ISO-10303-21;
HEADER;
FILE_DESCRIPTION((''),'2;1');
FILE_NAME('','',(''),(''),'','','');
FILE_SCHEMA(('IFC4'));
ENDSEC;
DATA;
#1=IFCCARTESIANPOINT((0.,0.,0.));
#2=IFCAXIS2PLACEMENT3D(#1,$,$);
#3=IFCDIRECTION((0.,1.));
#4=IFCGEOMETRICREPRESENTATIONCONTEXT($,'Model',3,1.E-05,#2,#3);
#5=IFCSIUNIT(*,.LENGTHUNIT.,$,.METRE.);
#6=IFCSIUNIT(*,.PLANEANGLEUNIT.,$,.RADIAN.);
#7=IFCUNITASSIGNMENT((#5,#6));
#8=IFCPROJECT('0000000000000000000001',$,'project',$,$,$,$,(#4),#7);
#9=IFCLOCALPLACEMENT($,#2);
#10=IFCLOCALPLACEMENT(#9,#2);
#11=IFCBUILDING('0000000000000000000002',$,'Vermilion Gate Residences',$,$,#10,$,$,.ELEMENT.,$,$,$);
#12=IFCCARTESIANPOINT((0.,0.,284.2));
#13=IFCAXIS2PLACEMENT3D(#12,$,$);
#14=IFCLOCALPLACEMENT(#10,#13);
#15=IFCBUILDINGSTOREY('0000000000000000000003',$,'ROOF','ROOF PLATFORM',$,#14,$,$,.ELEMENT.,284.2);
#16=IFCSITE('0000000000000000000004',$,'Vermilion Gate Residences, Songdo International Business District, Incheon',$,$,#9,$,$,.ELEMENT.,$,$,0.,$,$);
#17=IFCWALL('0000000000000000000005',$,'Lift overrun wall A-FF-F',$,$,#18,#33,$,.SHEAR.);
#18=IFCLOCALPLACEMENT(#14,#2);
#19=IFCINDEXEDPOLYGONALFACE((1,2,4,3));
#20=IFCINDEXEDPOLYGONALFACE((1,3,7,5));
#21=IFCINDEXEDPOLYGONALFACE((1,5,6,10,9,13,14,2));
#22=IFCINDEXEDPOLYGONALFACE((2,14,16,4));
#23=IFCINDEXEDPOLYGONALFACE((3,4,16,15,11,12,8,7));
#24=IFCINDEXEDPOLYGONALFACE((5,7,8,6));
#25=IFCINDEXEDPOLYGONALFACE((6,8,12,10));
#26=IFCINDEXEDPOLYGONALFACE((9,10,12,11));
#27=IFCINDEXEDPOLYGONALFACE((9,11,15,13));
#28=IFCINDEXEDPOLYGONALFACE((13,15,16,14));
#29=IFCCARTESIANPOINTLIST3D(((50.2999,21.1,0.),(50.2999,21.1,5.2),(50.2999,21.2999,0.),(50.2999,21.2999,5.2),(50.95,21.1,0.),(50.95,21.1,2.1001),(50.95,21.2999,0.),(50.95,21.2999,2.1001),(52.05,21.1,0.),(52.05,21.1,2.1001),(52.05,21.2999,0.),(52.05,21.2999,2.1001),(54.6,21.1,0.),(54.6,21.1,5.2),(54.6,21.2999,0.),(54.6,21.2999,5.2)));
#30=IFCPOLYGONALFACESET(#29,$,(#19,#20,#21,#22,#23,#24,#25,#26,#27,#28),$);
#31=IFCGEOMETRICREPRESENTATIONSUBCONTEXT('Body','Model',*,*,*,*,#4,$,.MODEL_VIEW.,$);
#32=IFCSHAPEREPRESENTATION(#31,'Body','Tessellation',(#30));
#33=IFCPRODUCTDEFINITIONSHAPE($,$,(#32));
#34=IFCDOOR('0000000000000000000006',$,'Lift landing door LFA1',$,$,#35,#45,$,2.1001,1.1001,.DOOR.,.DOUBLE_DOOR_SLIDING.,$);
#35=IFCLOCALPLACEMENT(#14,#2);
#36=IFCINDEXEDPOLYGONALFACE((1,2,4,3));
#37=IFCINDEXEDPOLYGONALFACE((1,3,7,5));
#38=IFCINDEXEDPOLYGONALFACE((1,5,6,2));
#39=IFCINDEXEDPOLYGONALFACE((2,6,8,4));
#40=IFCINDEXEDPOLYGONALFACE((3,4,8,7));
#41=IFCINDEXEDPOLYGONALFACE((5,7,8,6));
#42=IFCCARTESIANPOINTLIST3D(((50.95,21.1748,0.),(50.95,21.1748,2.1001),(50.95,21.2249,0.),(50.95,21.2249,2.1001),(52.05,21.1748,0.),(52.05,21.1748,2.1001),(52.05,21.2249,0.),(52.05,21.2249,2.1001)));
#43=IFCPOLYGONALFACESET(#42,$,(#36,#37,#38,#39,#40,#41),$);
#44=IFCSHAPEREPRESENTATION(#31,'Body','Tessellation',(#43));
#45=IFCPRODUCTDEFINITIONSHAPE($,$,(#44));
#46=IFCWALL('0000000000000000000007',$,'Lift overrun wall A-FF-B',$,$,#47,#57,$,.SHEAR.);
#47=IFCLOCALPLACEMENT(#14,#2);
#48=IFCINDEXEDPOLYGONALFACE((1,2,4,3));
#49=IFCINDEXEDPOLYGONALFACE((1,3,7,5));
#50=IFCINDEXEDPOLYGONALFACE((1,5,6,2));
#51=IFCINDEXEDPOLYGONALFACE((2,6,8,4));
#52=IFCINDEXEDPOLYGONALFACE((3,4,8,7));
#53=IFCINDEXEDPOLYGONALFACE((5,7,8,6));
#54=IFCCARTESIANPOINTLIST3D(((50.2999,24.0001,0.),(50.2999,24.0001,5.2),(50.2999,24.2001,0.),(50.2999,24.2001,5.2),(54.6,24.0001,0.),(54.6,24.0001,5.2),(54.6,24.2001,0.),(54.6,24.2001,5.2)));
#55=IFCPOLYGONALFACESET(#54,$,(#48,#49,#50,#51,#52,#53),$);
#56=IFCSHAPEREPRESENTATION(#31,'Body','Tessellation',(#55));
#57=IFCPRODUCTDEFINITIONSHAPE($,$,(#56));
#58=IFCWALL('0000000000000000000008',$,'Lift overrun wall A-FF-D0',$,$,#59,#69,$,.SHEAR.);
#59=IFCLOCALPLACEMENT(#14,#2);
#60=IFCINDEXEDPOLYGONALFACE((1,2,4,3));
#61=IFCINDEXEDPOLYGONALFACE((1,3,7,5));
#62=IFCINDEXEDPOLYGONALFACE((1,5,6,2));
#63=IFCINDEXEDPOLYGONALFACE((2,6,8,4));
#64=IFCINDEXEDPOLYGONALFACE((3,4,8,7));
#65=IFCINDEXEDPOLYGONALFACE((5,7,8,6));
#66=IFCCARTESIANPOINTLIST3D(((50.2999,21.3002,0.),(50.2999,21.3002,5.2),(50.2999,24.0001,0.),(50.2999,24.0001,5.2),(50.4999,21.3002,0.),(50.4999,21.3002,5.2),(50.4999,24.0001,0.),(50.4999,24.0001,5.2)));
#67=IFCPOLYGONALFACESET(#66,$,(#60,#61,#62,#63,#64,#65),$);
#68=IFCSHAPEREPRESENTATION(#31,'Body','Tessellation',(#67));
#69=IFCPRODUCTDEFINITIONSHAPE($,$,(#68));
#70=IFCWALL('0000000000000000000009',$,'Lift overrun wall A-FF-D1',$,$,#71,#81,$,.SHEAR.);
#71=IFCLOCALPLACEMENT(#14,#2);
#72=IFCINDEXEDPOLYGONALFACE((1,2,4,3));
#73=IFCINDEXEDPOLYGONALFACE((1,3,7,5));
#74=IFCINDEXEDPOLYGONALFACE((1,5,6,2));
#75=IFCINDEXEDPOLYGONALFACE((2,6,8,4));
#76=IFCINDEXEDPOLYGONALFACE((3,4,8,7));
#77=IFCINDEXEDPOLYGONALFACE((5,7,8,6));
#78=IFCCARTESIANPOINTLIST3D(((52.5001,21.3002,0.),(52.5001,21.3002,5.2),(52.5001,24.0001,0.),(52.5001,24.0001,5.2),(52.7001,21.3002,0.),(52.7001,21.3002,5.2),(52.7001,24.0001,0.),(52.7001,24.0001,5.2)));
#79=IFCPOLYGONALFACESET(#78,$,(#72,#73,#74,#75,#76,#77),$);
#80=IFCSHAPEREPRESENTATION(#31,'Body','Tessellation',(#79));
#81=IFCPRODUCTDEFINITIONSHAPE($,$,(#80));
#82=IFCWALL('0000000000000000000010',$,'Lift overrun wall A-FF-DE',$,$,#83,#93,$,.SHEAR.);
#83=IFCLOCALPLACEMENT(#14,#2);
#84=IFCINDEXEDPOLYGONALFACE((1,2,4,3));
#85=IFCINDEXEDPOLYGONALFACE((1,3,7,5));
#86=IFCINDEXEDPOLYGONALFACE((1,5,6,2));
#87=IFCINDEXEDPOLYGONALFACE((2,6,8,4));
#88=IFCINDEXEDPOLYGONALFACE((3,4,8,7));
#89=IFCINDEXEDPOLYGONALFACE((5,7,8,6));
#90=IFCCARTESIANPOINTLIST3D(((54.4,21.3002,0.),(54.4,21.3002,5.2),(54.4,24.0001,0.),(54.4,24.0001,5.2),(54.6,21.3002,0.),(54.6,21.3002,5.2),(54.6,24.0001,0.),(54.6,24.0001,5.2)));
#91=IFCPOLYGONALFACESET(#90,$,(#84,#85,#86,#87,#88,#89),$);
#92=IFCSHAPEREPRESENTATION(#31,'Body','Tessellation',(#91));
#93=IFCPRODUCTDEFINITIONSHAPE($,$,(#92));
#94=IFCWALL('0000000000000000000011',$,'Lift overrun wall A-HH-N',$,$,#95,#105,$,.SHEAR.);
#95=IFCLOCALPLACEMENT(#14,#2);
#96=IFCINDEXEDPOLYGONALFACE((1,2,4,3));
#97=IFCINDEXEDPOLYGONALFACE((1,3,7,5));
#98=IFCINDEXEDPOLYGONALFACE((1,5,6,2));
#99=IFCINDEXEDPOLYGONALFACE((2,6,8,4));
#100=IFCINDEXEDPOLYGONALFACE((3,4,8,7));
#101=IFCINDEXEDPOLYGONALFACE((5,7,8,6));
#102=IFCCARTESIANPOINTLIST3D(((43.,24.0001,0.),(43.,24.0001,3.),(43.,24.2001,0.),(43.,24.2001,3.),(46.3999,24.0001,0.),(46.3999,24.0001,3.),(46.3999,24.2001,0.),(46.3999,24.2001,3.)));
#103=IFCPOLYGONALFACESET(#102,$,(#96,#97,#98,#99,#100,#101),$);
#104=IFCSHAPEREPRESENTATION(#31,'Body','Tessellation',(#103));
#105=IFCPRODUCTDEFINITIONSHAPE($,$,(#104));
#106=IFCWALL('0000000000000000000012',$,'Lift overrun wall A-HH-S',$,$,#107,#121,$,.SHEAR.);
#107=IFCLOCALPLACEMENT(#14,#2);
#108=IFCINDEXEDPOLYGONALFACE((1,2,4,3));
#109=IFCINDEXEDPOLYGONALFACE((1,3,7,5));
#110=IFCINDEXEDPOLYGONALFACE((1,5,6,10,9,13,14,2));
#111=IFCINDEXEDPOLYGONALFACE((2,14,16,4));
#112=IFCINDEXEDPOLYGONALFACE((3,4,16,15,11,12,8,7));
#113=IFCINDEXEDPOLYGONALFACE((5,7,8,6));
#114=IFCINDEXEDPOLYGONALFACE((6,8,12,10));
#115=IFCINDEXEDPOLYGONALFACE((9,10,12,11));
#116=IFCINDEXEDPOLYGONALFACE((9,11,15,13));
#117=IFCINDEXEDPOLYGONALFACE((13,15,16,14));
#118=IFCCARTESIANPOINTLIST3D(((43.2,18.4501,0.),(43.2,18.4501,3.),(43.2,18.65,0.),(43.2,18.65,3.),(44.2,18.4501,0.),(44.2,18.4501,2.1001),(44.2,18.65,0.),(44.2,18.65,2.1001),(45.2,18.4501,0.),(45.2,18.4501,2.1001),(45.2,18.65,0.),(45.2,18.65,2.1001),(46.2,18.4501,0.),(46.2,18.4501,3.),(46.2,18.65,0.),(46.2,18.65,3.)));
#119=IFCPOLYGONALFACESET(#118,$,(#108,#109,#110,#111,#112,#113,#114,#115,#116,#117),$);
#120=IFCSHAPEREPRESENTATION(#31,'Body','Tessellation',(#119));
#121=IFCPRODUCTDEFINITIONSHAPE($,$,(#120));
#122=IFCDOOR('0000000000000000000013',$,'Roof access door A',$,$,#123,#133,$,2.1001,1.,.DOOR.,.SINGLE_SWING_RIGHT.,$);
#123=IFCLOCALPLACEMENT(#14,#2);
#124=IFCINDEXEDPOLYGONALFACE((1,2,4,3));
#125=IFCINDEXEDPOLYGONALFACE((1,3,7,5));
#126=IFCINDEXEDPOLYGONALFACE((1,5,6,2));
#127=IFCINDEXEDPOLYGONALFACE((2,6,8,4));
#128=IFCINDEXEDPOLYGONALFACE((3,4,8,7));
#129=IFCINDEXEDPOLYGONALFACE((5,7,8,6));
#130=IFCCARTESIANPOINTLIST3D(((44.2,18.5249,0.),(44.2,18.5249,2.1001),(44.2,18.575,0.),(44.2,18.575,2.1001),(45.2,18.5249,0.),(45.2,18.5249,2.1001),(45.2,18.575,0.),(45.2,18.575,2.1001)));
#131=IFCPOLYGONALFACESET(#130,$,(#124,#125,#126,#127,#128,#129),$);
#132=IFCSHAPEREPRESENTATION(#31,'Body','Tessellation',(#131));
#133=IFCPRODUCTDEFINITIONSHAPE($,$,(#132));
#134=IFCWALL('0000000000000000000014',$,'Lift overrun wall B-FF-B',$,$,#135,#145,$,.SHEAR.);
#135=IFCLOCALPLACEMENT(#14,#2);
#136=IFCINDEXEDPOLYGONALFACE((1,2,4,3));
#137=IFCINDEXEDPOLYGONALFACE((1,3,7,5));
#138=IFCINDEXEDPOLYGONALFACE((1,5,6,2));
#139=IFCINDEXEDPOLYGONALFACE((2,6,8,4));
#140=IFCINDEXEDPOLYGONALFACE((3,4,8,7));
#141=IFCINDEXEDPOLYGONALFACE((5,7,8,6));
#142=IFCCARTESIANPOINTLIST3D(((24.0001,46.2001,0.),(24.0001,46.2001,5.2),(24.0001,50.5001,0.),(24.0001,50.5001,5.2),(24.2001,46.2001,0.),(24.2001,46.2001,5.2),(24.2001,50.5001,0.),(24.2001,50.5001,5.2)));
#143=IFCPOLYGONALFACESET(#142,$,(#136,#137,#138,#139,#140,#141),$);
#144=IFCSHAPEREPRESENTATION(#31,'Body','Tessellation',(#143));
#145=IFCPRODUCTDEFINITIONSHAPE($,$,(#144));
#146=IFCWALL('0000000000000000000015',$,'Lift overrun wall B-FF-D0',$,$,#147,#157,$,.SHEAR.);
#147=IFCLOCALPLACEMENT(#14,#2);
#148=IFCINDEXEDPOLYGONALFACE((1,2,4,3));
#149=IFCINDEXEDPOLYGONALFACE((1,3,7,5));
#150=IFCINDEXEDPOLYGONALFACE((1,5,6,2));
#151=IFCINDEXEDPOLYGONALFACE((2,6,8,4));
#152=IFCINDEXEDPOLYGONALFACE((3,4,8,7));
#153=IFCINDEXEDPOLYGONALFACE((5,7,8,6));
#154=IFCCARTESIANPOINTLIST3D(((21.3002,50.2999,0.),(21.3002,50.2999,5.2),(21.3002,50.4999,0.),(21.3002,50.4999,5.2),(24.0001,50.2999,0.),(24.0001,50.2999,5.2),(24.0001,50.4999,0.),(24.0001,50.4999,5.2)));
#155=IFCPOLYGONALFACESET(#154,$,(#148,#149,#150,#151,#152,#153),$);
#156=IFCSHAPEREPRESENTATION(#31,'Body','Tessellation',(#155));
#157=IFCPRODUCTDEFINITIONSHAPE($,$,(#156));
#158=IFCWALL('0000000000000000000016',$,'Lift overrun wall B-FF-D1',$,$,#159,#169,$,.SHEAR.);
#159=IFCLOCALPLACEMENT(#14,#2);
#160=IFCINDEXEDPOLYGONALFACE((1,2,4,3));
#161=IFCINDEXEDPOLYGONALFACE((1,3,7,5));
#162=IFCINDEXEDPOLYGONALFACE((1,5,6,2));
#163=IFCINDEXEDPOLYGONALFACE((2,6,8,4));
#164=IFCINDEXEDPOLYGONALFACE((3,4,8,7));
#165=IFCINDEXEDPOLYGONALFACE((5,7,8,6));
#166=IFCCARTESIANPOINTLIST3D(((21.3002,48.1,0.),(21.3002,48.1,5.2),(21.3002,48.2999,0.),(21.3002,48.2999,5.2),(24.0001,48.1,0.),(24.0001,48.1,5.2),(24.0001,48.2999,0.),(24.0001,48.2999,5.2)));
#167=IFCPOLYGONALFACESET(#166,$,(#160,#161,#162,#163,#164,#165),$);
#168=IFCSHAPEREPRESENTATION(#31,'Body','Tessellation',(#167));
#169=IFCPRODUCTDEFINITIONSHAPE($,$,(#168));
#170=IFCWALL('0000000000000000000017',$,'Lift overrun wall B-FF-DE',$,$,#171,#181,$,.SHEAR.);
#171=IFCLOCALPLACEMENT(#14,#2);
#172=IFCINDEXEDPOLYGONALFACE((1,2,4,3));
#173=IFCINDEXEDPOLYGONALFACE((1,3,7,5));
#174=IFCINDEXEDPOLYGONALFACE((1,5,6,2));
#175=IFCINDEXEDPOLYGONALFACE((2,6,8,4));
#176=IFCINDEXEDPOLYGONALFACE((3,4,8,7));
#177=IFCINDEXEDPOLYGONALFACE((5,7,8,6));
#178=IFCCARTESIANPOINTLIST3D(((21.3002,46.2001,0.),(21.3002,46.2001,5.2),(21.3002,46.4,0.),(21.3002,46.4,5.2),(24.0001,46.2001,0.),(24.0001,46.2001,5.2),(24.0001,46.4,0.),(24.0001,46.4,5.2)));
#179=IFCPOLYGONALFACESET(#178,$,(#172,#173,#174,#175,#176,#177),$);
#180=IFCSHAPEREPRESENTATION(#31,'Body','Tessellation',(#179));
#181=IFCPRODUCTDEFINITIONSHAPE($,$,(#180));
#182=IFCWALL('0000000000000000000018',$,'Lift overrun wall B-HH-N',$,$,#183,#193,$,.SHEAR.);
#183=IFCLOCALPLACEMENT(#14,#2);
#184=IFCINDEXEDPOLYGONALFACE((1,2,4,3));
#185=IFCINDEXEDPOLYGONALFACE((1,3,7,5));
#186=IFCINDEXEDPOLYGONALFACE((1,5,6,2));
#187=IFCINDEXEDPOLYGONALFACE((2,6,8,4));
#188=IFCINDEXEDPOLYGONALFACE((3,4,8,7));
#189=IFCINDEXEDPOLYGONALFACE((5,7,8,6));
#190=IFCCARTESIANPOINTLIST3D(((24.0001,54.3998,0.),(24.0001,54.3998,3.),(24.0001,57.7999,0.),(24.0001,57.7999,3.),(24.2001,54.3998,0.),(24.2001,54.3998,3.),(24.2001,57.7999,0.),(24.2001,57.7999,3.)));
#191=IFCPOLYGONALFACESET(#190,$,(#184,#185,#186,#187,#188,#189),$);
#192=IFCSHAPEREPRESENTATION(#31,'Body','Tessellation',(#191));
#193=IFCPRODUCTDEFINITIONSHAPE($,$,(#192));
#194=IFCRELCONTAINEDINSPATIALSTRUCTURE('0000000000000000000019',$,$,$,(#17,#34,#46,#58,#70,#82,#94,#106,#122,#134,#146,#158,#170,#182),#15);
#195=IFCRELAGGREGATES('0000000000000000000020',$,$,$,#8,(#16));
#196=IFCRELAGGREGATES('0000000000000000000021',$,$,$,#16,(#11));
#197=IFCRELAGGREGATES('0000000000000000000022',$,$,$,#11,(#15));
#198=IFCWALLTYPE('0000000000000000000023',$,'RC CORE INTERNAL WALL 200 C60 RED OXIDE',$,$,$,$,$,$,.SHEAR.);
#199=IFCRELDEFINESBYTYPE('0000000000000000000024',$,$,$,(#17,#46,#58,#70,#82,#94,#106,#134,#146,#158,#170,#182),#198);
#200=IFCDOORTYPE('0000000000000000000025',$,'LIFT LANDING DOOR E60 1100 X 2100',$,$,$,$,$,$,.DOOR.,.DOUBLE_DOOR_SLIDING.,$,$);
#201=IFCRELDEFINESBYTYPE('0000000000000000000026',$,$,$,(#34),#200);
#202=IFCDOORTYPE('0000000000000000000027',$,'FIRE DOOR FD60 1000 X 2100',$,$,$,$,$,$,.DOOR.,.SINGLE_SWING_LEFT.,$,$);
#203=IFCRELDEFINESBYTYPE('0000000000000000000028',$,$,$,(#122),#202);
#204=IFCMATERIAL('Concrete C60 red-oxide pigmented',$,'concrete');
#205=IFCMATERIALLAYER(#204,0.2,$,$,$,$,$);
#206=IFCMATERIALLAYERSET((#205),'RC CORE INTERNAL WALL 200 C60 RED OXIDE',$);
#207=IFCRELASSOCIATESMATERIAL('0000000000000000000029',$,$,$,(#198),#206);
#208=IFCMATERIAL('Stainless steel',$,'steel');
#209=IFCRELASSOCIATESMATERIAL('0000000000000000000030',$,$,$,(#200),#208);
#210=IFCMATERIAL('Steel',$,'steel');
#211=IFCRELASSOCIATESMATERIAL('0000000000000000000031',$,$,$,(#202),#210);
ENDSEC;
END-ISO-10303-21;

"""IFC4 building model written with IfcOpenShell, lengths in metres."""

from ifc_helpers import new_model, si_unit, direction, frame, frame_2d, origin, place, context, subcontext, project, spatial, rectangle, extrude, material, layer, layer_set, type_object, element, fill, save


model = new_model("IFC4")

# Units and contexts
model_context = context("Model", 3, precision=1e-05, world=origin(), true_north=direction((0.0, 1.0)))
body_context = subcontext(model_context, "Body", "Model", "MODEL_VIEW")
ifc_project = project(units=[si_unit("LENGTHUNIT", "METRE"), si_unit("PLANEANGLEUNIT", "RADIAN")], contexts=[model_context])

# Site, building, storey
site_placement = place(None, origin())
site = spatial("IfcSite", under=ifc_project, at=site_placement, Name="Vermilion Gate Residences, Songdo International Business District, Incheon", CompositionType="ELEMENT", RefElevation=0.0)
building_placement = place(site_placement, origin())
building = spatial("IfcBuilding", under=site, at=building_placement, Name="Vermilion Gate Residences", CompositionType="ELEMENT")
storey_placement = place(building_placement, frame((0.0, 0.0, 284.2)))
storey = spatial("IfcBuildingStorey", under=building, at=storey_placement, Name="ROOF", Description="ROOF PLATFORM", CompositionType="ELEMENT", Elevation=284.2)

# Wall, opening, door
ifc_material_1 = material(Name="Concrete C60 red-oxide pigmented", Category="concrete")
ifc_layer_1 = layer(ifc_material_1, 0.2)
ifc_layer_set_1 = layer_set([ifc_layer_1], Name="RC CORE INTERNAL WALL 200 C60 RED OXIDE")
wall_type_1 = type_object("IfcWallType", Name="RC CORE INTERNAL WALL 200 C60 RED OXIDE", PredefinedType="SHEAR", material=ifc_layer_set_1)
wall_1_placement = place(storey_placement, frame((50.3, 21.2, 0.0), z_axis=(0.0, 0.0, 1.0), x_axis=(1.0, 0.0, 0.0)))
wall_1 = element("IfcWall", 1, at=wall_1_placement, inside=storey, type_object=wall_type_1, Name="Lift overrun wall A-FF-F", PredefinedType="SHEAR", context=body_context, shape_type="SweptSolid", body=[
    extrude(rectangle(XDim=4.3, YDim=0.2, at=frame_2d((2.1499, 0.0))), origin(), (0.0, 0.0, 1.0), 5.2),
])
opening_1_placement = place(wall_1_placement, frame((0.6499, 0.0, 0.0)))
opening_1 = element("IfcOpeningElement", 2, at=opening_1_placement, cuts=wall_1, PredefinedType="OPENING", context=body_context, shape_type="SweptSolid", body=[
    extrude(rectangle(XDim=1.1001, YDim=2.1001, at=frame_2d((0.55, 1.05))), frame((0.0, 0.1099, 0.0), z_axis=(0.0, -1.0, 0.0), x_axis=(1.0, 0.0, 0.0)), (0.0, 0.0, 1.0), 0.22),
])
ifc_material_2 = material(Name="Stainless steel", Category="steel")
door_type_1 = type_object("IfcDoorType", Name="LIFT LANDING DOOR E60 1100 X 2100", OperationType="DOUBLE_DOOR_SLIDING", PredefinedType="DOOR", material=ifc_material_2)
door_1_placement = place(opening_1_placement, origin())
door_1 = element("IfcDoor", 3, at=door_1_placement, inside=storey, type_object=door_type_1, Name="Lift landing door LFA1", OperationType="DOUBLE_DOOR_SLIDING", OverallHeight=2.1001, OverallWidth=1.1001, PredefinedType="DOOR", context=body_context, shape_type="SweptSolid", body=[
    extrude(rectangle(XDim=1.1001, YDim=2.1001, at=frame_2d((0.55, 1.05))), frame((0.0, 0.0249, 0.0), z_axis=(0.0, -1.0, 0.0), x_axis=(1.0, 0.0, 0.0)), (0.0, 0.0, 1.0), 0.05),
])
fill(opening_1, door_1)

# Walls
wall_2_placement = place(storey_placement, frame((50.3, 24.1001, 0.0), z_axis=(0.0, 0.0, 1.0), x_axis=(1.0, 0.0, 0.0)))
element("IfcWall", 4, at=wall_2_placement, inside=storey, type_object=wall_type_1, Name="Lift overrun wall A-FF-B", PredefinedType="SHEAR", context=body_context, shape_type="SweptSolid", body=[
    extrude(rectangle(XDim=4.3, YDim=0.2, at=frame_2d((2.1499, 0.0))), origin(), (0.0, 0.0, 1.0), 5.2),
])
for number, where, z_axis, x_axis, name in (
    (5, (50.3999, 21.3, 0.0), (0.0, 0.0, 1.0), (0.0, 1.0, 0.0), "Lift overrun wall A-FF-D0"),
    (6, (52.6001, 21.3, 0.0), (0.0, 0.0, 1.0), (0.0, 1.0, 0.0), "Lift overrun wall A-FF-D1"),
    (7, (54.5, 21.3, 0.0), (0.0, 0.0, 1.0), (0.0, 1.0, 0.0), "Lift overrun wall A-FF-DE"),
):
    element("IfcWall", number, at=place(storey_placement, frame(where, z_axis=z_axis, x_axis=x_axis)), inside=storey, type_object=wall_type_1, Name=name, PredefinedType="SHEAR", context=body_context, shape_type="SweptSolid", body=[
        extrude(rectangle(XDim=2.7, YDim=0.2, at=frame_2d((1.3501, 0.0))), origin(), (0.0, 0.0, 1.0), 5.2),
    ])
wall_3_placement = place(storey_placement, frame((43.0, 24.1001, 0.0), z_axis=(0.0, 0.0, 1.0), x_axis=(1.0, 0.0, 0.0)))
element("IfcWall", 8, at=wall_3_placement, inside=storey, type_object=wall_type_1, Name="Lift overrun wall A-HH-N", PredefinedType="SHEAR", context=body_context, shape_type="SweptSolid", body=[
    extrude(rectangle(XDim=3.3999, YDim=0.2, at=frame_2d((1.7, 0.0))), origin(), (0.0, 0.0, 1.0), 3.0),
])

# Wall, opening, door
wall_4_placement = place(storey_placement, frame((43.2, 18.55, 0.0), z_axis=(0.0, 0.0, 1.0), x_axis=(1.0, 0.0, 0.0)))
wall_4 = element("IfcWall", 9, at=wall_4_placement, inside=storey, type_object=wall_type_1, Name="Lift overrun wall A-HH-S", PredefinedType="SHEAR", context=body_context, shape_type="SweptSolid", body=[
    extrude(rectangle(XDim=3.0, YDim=0.2, at=frame_2d((1.5, 0.0))), origin(), (0.0, 0.0, 1.0), 3.0),
])
opening_2_placement = place(wall_4_placement, frame((1.0, 0.0, 0.0)))
opening_2 = element("IfcOpeningElement", 10, at=opening_2_placement, cuts=wall_4, PredefinedType="OPENING", context=body_context, shape_type="SweptSolid", body=[
    extrude(rectangle(XDim=1.0, YDim=2.1001, at=frame_2d((0.5, 1.05))), frame((0.0, 0.1099, 0.0), z_axis=(0.0, -1.0, 0.0), x_axis=(1.0, 0.0, 0.0)), (0.0, 0.0, 1.0), 0.22),
])
ifc_material_3 = material(Name="Steel", Category="steel")
door_type_2 = type_object("IfcDoorType", Name="FIRE DOOR FD60 1000 X 2100", OperationType="SINGLE_SWING_LEFT", PredefinedType="DOOR", material=ifc_material_3)
door_2_placement = place(opening_2_placement, origin())
door_2 = element("IfcDoor", 11, at=door_2_placement, inside=storey, type_object=door_type_2, Name="Roof access door A", OperationType="SINGLE_SWING_RIGHT", OverallHeight=2.1001, OverallWidth=1.0, PredefinedType="DOOR", context=body_context, shape_type="SweptSolid", body=[
    extrude(rectangle(XDim=1.0, YDim=2.1001, at=frame_2d((0.5, 1.05))), frame((0.0, 0.0249, 0.0), z_axis=(0.0, -1.0, 0.0), x_axis=(1.0, 0.0, 0.0)), (0.0, 0.0, 1.0), 0.05),
])
fill(opening_2, door_2)

# Walls
wall_5_placement = place(storey_placement, frame((24.1001, 50.5, 0.0), z_axis=(0.0, 0.0, 1.0), x_axis=(0.0, -1.0, 0.0)))
element("IfcWall", 12, at=wall_5_placement, inside=storey, type_object=wall_type_1, Name="Lift overrun wall B-FF-B", PredefinedType="SHEAR", context=body_context, shape_type="SweptSolid", body=[
    extrude(rectangle(XDim=4.3, YDim=0.2, at=frame_2d((2.1499, 0.0))), origin(), (0.0, 0.0, 1.0), 5.2),
])
for number, where, z_axis, x_axis, name in (
    (13, (21.3, 50.3999, 0.0), (0.0, 0.0, 1.0), (1.0, 0.0, 0.0), "Lift overrun wall B-FF-D0"),
    (14, (21.3, 48.2, 0.0), (0.0, 0.0, 1.0), (1.0, 0.0, 0.0), "Lift overrun wall B-FF-D1"),
    (15, (21.3, 46.3, 0.0), (0.0, 0.0, 1.0), (1.0, 0.0, 0.0), "Lift overrun wall B-FF-DE"),
):
    element("IfcWall", number, at=place(storey_placement, frame(where, z_axis=z_axis, x_axis=x_axis)), inside=storey, type_object=wall_type_1, Name=name, PredefinedType="SHEAR", context=body_context, shape_type="SweptSolid", body=[
        extrude(rectangle(XDim=2.7, YDim=0.2, at=frame_2d((1.3501, 0.0))), origin(), (0.0, 0.0, 1.0), 5.2),
    ])
wall_6_placement = place(storey_placement, frame((24.1001, 57.8, 0.0), z_axis=(0.0, 0.0, 1.0), x_axis=(0.0, -1.0, 0.0)))
element("IfcWall", 16, at=wall_6_placement, inside=storey, type_object=wall_type_1, Name="Lift overrun wall B-HH-N", PredefinedType="SHEAR", context=body_context, shape_type="SweptSolid", body=[
    extrude(rectangle(XDim=3.4001, YDim=0.2, at=frame_2d((1.7002, 0.0))), origin(), (0.0, 0.0, 1.0), 3.0),
])

save(model, "model.ifc")
